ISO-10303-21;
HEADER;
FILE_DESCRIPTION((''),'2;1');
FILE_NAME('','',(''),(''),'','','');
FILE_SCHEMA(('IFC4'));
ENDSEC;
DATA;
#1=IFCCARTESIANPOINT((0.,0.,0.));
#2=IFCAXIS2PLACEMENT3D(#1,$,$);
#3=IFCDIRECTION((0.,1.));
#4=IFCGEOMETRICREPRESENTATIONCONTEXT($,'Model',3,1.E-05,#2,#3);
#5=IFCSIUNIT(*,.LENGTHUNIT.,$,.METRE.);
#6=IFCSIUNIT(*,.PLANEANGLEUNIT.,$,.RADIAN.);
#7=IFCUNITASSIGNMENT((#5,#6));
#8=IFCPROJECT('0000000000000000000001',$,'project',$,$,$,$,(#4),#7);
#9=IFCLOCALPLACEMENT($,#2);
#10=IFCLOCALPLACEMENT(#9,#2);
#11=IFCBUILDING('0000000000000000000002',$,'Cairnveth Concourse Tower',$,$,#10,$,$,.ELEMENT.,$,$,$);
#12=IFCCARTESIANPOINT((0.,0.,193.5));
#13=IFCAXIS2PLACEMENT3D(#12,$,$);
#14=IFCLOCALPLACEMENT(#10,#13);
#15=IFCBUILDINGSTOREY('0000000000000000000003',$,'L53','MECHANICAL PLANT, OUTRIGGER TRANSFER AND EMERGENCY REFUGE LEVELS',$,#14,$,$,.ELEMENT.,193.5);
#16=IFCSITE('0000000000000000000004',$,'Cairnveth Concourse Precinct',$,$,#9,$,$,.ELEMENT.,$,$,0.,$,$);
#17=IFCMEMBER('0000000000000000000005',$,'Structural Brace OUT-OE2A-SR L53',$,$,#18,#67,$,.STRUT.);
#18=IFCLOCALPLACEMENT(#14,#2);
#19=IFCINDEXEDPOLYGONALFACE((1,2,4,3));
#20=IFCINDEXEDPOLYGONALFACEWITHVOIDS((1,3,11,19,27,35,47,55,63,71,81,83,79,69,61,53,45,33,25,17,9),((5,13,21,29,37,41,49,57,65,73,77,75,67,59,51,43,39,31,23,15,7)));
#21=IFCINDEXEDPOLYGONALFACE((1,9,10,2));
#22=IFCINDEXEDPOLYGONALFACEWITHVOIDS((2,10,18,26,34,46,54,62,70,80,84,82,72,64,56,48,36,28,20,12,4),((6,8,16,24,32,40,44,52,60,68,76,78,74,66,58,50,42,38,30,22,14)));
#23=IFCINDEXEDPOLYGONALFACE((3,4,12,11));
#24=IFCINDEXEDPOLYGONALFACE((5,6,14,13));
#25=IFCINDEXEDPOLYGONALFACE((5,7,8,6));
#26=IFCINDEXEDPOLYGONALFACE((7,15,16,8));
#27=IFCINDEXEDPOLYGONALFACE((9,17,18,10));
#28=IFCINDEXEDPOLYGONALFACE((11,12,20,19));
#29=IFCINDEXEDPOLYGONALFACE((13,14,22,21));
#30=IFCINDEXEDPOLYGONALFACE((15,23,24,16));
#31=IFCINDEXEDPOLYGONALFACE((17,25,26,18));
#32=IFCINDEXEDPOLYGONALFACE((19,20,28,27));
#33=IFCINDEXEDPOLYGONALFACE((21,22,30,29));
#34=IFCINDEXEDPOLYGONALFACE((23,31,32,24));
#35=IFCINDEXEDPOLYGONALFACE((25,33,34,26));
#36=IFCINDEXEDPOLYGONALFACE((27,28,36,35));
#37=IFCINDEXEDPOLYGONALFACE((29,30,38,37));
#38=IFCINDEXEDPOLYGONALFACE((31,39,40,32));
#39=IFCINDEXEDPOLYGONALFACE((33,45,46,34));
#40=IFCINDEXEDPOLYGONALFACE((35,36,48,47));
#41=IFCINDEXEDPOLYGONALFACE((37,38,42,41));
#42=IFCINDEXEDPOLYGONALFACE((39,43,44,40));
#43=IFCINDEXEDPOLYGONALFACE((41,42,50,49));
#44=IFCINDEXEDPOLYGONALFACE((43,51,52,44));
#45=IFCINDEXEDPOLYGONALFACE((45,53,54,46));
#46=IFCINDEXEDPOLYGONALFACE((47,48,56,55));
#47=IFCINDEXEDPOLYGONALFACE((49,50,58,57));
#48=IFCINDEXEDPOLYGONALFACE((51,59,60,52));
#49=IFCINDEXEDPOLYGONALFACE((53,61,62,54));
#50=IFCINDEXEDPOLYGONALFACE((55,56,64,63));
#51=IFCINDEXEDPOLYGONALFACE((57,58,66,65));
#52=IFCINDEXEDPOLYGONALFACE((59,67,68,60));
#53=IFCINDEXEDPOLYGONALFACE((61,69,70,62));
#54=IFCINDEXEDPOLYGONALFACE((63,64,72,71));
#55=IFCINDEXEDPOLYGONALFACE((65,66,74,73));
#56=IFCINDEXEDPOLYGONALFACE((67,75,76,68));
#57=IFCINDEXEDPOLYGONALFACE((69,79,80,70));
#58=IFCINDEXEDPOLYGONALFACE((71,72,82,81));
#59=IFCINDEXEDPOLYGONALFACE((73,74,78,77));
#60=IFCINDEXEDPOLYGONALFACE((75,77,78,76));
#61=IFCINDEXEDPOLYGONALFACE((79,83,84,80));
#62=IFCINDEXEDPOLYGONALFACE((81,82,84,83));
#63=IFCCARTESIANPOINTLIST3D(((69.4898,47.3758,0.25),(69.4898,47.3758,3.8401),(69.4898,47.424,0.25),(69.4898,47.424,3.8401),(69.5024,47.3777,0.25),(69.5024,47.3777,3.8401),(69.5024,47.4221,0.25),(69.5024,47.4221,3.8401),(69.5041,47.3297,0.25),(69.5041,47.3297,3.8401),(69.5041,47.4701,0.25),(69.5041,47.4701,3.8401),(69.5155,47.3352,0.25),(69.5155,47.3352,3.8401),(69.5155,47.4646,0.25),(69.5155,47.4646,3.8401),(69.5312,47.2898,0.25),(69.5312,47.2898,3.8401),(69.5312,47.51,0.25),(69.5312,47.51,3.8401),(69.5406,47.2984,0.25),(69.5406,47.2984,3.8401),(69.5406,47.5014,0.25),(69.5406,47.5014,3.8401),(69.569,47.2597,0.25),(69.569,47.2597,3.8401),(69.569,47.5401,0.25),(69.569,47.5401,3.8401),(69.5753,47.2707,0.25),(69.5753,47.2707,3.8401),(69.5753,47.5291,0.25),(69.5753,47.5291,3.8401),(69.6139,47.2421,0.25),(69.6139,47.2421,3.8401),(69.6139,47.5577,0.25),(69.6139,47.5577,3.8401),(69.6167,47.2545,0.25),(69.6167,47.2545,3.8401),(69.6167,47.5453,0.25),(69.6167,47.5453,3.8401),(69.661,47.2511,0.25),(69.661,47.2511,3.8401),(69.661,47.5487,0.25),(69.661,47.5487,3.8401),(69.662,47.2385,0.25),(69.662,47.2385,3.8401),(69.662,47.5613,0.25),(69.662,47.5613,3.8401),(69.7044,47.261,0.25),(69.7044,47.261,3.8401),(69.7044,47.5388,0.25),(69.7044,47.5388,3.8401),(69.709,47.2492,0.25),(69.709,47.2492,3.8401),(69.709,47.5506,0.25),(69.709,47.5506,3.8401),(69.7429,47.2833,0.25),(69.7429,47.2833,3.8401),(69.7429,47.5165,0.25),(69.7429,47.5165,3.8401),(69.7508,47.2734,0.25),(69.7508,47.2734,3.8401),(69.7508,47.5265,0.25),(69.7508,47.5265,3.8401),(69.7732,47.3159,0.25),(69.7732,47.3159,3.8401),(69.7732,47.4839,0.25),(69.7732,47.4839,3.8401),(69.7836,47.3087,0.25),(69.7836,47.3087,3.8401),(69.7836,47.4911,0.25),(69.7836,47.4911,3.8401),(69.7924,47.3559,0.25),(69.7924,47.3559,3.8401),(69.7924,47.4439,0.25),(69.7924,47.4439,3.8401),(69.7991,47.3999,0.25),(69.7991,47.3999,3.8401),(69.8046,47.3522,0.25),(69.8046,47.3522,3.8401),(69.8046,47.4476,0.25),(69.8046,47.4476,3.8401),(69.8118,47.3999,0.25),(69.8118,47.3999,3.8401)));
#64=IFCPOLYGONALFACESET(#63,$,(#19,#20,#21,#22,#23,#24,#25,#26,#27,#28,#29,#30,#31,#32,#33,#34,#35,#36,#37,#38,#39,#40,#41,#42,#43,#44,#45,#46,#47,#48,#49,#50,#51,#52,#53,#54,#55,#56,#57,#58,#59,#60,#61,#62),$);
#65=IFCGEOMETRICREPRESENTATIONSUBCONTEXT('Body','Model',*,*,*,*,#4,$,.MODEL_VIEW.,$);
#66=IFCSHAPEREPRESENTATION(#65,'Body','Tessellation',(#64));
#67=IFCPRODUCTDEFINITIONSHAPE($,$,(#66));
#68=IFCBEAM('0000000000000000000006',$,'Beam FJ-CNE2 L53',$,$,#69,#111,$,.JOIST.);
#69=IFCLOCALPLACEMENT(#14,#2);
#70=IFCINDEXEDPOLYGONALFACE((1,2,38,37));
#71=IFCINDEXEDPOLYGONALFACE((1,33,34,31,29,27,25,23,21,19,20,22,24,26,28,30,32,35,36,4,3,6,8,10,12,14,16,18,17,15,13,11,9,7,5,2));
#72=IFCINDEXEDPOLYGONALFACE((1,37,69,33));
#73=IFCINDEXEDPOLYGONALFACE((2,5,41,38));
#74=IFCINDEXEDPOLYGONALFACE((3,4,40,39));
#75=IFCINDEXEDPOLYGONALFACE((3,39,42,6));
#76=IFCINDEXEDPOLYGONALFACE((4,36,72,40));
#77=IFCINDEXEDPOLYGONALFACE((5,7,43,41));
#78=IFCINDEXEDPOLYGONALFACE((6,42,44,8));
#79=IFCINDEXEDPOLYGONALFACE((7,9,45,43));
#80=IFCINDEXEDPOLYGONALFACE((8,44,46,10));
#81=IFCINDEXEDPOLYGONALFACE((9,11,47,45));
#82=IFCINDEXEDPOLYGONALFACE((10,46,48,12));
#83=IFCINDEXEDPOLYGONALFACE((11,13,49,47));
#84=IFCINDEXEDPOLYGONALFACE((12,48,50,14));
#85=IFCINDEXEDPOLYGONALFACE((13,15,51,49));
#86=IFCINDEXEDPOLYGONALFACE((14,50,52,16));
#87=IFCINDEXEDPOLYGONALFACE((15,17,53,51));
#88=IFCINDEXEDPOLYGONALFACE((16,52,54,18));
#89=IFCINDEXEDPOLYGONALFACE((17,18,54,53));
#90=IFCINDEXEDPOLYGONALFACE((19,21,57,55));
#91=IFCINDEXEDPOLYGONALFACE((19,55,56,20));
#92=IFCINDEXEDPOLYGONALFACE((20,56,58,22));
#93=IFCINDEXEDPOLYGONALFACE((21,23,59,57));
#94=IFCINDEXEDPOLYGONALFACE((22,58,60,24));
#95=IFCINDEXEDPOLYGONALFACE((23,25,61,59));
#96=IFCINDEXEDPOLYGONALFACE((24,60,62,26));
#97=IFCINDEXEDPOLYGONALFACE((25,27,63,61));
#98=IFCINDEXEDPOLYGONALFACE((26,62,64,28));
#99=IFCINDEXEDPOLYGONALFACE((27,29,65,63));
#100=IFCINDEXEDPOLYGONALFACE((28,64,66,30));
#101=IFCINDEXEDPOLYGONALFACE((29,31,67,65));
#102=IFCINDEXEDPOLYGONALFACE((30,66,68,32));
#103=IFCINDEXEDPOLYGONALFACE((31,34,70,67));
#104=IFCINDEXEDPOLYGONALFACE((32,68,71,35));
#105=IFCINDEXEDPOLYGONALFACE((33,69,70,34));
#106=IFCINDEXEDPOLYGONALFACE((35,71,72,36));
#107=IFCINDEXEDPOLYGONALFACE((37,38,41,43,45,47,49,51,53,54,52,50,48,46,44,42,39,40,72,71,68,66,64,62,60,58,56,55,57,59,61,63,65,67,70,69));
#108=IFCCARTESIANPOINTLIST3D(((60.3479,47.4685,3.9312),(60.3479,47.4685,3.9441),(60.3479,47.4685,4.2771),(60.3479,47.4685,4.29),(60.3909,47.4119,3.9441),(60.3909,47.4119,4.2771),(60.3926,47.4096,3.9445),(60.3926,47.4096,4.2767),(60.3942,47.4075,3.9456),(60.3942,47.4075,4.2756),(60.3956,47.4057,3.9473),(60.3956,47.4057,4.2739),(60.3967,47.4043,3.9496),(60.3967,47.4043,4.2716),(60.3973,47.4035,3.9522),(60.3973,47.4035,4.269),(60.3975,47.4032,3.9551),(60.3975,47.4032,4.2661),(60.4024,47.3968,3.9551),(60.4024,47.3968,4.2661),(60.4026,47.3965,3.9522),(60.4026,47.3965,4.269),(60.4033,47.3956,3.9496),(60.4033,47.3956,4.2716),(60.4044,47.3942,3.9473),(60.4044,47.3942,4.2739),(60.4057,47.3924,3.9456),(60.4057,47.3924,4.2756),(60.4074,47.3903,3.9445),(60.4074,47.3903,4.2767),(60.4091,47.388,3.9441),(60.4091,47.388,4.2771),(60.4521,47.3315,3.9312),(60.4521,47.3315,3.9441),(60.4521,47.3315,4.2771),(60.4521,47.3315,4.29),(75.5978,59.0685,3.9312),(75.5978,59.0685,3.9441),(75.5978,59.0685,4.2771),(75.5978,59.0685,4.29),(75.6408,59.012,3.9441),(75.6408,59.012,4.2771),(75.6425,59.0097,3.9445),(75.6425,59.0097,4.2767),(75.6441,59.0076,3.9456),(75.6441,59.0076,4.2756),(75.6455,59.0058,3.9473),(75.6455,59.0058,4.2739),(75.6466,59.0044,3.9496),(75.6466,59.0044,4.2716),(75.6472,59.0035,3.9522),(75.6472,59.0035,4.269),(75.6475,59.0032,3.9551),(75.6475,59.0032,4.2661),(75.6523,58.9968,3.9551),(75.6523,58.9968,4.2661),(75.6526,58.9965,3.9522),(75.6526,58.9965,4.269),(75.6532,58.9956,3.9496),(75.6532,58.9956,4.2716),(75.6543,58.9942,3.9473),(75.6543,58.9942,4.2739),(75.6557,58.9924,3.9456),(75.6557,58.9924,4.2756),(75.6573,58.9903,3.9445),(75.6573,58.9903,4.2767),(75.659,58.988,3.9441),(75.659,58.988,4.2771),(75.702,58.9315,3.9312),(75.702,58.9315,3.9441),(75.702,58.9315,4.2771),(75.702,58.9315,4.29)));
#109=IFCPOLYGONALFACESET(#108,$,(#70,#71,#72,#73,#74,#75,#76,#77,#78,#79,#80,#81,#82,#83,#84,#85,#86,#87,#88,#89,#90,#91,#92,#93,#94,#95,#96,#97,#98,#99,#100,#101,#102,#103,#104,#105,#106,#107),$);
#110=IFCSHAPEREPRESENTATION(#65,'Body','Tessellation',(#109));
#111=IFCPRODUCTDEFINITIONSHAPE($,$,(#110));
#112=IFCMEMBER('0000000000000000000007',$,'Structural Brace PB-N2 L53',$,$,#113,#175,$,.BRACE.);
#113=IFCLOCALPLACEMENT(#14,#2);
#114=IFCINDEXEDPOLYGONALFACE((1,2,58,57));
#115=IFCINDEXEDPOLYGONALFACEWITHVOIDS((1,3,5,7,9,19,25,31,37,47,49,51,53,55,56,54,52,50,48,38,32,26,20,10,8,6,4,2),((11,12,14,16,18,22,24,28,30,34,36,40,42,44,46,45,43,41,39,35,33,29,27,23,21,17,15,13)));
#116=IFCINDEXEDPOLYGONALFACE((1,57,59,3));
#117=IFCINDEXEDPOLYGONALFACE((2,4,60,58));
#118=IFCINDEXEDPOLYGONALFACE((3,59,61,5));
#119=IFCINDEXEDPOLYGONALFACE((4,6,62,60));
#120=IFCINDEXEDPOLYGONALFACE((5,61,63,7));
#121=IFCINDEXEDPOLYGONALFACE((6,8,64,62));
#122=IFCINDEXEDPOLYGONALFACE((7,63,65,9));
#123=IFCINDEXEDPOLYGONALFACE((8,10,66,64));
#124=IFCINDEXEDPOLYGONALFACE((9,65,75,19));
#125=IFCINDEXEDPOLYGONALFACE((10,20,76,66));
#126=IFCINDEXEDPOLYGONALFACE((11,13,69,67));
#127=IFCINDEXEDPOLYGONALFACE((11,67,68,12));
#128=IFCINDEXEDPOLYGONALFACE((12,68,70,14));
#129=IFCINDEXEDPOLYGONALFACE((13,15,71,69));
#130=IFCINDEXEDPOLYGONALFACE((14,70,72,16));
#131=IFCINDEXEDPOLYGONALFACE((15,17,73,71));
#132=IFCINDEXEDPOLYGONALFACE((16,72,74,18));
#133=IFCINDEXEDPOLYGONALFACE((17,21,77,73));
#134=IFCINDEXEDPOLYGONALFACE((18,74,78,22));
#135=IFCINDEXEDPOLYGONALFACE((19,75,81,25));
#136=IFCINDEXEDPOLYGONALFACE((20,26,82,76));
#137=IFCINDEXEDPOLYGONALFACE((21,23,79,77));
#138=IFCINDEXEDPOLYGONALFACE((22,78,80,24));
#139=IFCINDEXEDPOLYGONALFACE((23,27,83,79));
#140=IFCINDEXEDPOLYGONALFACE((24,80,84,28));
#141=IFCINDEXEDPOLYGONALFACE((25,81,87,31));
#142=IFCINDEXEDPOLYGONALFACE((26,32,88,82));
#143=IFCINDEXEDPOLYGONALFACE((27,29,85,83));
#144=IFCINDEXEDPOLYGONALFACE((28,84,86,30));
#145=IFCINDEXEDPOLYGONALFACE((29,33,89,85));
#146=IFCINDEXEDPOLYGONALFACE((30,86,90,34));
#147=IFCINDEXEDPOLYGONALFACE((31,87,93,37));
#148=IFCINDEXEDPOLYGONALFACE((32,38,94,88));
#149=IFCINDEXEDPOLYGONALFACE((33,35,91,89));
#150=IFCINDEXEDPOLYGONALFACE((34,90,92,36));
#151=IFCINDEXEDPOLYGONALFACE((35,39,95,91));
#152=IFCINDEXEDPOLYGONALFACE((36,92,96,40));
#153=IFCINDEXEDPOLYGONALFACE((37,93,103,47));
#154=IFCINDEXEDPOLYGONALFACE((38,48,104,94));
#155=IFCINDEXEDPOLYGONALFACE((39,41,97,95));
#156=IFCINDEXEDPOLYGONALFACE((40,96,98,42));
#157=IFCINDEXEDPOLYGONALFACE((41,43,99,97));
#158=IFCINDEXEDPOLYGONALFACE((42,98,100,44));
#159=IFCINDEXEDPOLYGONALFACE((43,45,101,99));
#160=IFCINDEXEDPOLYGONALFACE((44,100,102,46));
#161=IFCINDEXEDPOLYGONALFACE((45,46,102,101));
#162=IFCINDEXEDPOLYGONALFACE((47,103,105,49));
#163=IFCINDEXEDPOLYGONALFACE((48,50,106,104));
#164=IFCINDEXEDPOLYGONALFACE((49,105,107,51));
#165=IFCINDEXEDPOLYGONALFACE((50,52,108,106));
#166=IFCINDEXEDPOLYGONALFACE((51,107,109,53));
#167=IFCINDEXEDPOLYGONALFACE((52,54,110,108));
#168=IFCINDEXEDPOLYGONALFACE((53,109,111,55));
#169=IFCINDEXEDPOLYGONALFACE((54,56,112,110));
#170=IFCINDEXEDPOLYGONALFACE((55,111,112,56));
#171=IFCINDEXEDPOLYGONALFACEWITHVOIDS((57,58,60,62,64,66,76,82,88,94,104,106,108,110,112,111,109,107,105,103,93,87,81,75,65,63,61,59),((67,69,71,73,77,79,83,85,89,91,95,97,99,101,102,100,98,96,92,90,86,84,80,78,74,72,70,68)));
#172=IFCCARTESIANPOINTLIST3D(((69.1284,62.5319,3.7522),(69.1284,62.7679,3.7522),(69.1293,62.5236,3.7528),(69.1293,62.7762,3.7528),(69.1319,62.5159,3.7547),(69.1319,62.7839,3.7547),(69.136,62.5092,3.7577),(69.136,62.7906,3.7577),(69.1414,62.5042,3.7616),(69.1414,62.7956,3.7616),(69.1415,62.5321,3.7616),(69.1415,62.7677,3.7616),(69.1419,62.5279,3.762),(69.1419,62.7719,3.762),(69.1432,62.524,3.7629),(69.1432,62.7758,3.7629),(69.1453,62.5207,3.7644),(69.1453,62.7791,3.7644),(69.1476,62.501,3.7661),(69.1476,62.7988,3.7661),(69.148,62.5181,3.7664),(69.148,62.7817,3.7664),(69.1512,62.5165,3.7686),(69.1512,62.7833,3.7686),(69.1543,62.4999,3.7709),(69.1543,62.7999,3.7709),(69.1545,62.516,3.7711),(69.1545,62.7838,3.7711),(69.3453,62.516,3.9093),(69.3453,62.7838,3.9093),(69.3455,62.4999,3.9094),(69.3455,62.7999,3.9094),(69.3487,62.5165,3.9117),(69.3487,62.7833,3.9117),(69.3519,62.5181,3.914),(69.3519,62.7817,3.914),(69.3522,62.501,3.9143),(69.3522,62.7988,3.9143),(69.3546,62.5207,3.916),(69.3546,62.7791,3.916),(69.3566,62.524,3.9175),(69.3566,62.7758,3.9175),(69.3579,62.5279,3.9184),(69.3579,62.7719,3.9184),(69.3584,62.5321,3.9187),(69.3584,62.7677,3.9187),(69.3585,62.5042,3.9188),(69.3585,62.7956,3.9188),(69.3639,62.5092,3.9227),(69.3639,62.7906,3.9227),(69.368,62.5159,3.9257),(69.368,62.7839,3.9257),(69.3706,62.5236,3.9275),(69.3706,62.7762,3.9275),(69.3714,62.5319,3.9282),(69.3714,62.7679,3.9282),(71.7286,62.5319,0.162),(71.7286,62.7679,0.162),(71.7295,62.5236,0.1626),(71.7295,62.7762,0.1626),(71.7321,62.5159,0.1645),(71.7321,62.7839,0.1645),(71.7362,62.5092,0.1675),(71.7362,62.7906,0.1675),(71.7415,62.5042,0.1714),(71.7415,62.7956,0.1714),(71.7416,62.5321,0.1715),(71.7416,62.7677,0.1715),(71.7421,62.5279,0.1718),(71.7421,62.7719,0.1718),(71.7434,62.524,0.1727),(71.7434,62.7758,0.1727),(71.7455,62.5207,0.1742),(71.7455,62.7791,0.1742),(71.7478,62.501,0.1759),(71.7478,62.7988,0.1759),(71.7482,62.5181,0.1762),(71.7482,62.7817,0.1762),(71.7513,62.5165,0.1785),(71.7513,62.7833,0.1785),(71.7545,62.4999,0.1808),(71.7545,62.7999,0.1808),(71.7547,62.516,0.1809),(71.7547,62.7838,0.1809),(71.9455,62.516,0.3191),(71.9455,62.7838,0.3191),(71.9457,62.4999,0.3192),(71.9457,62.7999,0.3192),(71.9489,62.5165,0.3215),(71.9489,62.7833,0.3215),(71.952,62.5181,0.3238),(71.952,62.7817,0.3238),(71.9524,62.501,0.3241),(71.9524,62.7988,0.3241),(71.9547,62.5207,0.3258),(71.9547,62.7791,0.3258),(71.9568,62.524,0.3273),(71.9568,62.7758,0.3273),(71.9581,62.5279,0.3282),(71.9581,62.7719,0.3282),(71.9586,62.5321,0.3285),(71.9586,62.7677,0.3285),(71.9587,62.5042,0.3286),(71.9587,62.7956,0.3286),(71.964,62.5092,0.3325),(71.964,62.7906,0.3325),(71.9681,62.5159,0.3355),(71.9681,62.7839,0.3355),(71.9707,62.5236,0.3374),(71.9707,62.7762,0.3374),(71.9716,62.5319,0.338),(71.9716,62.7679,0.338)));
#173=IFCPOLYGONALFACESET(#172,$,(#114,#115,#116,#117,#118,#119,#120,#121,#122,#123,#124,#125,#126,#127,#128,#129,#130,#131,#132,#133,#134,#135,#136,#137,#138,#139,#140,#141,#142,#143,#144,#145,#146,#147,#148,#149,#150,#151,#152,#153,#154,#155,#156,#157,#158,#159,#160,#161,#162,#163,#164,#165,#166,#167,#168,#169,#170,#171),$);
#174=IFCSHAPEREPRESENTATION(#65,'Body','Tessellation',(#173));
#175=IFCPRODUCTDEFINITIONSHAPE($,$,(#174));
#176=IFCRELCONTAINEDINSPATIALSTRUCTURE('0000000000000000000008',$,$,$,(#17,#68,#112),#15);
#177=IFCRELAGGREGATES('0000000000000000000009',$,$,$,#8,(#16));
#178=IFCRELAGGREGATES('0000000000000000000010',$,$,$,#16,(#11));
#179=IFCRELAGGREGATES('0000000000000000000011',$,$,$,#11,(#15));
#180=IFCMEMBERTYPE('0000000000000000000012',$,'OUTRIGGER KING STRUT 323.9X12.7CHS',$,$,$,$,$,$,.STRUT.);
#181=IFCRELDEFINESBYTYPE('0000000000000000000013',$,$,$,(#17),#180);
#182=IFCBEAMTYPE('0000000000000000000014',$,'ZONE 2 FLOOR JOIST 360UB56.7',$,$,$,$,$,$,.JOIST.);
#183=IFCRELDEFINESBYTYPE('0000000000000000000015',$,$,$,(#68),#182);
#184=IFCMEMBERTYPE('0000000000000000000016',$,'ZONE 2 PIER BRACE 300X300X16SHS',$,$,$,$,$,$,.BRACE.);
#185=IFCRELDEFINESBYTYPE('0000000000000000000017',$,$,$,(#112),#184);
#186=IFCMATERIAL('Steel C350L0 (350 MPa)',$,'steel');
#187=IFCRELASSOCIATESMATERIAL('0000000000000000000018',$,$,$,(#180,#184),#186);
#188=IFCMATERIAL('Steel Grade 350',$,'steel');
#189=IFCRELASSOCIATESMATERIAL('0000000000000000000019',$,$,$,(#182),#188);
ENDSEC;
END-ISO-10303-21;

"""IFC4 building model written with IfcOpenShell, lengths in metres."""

from ifc_helpers import new_model, si_unit, direction, frame, origin, origin_2d, place, context, subcontext, project, spatial, hollow_rectangle, hollow_circle, i_section, extrude, material, material_profile, profile_set, type_object, element, save


model = new_model("IFC4")

# Units and contexts
model_context = context("Model", 3, precision=1e-05, world=origin(), true_north=direction((0.0, 1.0)))
body_context = subcontext(model_context, "Body", "Model", "MODEL_VIEW")
ifc_project = project(units=[si_unit("LENGTHUNIT", "METRE"), si_unit("PLANEANGLEUNIT", "RADIAN")], contexts=[model_context])

# Site, building, storey
site_placement = place(None, origin())
site = spatial("IfcSite", under=ifc_project, at=site_placement, Name="Cairnveth Concourse Precinct", CompositionType="ELEMENT", RefElevation=0.0)
building_placement = place(site_placement, origin())
building = spatial("IfcBuilding", under=site, at=building_placement, Name="Cairnveth Concourse Tower", CompositionType="ELEMENT")
storey_placement = place(building_placement, frame((0.0, 0.0, 193.5)))
storey = spatial("IfcBuildingStorey", under=building, at=storey_placement, Name="L53", Description="MECHANICAL PLANT, OUTRIGGER TRANSFER AND EMERGENCY REFUGE LEVELS", CompositionType="ELEMENT", Elevation=193.5)

# Shared definitions
ifc_material_1 = material(Name="Steel Grade 350", Category="steel")

# Shared definitions
ifc_material_2 = material(Name="Steel C350L0 (350 MPa)", Category="steel")

# Member
ifc_material_profile_1 = material_profile(ifc_material_2, hollow_circle(Radius=0.1619, WallThickness=0.0127, at=origin_2d()), Name="323.9x12.7CHS")
ifc_profile_set_1 = profile_set([ifc_material_profile_1], Name="Steel C350L0 (350 MPa)")
member_type_1 = type_object("IfcMemberType", Name="OUTRIGGER KING STRUT 323.9X12.7CHS", PredefinedType="STRUT", material=ifc_profile_set_1)
member_1_placement = place(storey_placement, frame((69.6499, 47.3999, 0.25), z_axis=(0.0, 0.0, 1.0), x_axis=(1.0, 0.0, 0.0)))
element("IfcMember", 1, at=member_1_placement, inside=storey, type_object=member_type_1, Name="Structural Brace OUT-OE2A-SR L53", PredefinedType="STRUT", context=body_context, shape_type="SweptSolid", body=[
    extrude(hollow_circle(Radius=0.1619, WallThickness=0.0127, at=origin_2d()), origin(), (0.0, 0.0, 1.0), 3.5901),
])

# Beam
ifc_material_profile_2 = material_profile(ifc_material_1, i_section(OverallWidth=0.1721, OverallDepth=0.3589, WebThickness=0.0081, FlangeThickness=0.0129, FilletRadius=0.011, at=origin_2d()), Name="360UB56.7")
ifc_profile_set_2 = profile_set([ifc_material_profile_2], Name="Steel Grade 350")
beam_type_1 = type_object("IfcBeamType", Name="ZONE 2 FLOOR JOIST 360UB56.7", PredefinedType="JOIST", material=ifc_profile_set_2)
beam_1_placement = place(storey_placement, frame((75.6499, 59.0, 4.1106), z_axis=(-0.795908, -0.605417, 0.0), x_axis=(0.605417, -0.795908, 0.0)))
element("IfcBeam", 2, at=beam_1_placement, inside=storey, type_object=beam_type_1, Name="Beam FJ-CNE2 L53", PredefinedType="JOIST", context=body_context, shape_type="SweptSolid", body=[
    extrude(i_section(OverallWidth=0.1721, OverallDepth=0.3589, WebThickness=0.0081, FlangeThickness=0.0129, FilletRadius=0.011, at=origin_2d()), origin(), (0.0, 0.0, 1.0), 19.1604),
])

# Member
ifc_material_profile_3 = material_profile(ifc_material_2, hollow_rectangle(XDim=0.3, YDim=0.3, WallThickness=0.0161, InnerFilletRadius=0.0161, OuterFilletRadius=0.032, at=origin_2d()), Name="300x300x16.0SHS")
ifc_profile_set_3 = profile_set([ifc_material_profile_3], Name="Steel C350L0 (350 MPa)")
member_type_2 = type_object("IfcMemberType", Name="ZONE 2 PIER BRACE 300X300X16SHS", PredefinedType="BRACE", material=ifc_profile_set_3)
for number, where, z_axis, x_axis, name in (
    (3, (71.8501, 62.6499, 0.25), (-0.586566, 0.0, 0.809902), (0.0, -1.0, 0.0), "Structural Brace PB-N2 L53"),
):
    element("IfcMember", number, at=place(storey_placement, frame(where, z_axis=z_axis, x_axis=x_axis)), inside=storey, type_object=member_type_2, Name=name, PredefinedType="BRACE", context=body_context, shape_type="SweptSolid", body=[
        extrude(hollow_rectangle(XDim=0.3, YDim=0.3, WallThickness=0.0161, InnerFilletRadius=0.0161, OuterFilletRadius=0.032, at=origin_2d()), origin(), (0.0, 0.0, 1.0), 4.4329),
    ])

save(model, "model.ifc")
